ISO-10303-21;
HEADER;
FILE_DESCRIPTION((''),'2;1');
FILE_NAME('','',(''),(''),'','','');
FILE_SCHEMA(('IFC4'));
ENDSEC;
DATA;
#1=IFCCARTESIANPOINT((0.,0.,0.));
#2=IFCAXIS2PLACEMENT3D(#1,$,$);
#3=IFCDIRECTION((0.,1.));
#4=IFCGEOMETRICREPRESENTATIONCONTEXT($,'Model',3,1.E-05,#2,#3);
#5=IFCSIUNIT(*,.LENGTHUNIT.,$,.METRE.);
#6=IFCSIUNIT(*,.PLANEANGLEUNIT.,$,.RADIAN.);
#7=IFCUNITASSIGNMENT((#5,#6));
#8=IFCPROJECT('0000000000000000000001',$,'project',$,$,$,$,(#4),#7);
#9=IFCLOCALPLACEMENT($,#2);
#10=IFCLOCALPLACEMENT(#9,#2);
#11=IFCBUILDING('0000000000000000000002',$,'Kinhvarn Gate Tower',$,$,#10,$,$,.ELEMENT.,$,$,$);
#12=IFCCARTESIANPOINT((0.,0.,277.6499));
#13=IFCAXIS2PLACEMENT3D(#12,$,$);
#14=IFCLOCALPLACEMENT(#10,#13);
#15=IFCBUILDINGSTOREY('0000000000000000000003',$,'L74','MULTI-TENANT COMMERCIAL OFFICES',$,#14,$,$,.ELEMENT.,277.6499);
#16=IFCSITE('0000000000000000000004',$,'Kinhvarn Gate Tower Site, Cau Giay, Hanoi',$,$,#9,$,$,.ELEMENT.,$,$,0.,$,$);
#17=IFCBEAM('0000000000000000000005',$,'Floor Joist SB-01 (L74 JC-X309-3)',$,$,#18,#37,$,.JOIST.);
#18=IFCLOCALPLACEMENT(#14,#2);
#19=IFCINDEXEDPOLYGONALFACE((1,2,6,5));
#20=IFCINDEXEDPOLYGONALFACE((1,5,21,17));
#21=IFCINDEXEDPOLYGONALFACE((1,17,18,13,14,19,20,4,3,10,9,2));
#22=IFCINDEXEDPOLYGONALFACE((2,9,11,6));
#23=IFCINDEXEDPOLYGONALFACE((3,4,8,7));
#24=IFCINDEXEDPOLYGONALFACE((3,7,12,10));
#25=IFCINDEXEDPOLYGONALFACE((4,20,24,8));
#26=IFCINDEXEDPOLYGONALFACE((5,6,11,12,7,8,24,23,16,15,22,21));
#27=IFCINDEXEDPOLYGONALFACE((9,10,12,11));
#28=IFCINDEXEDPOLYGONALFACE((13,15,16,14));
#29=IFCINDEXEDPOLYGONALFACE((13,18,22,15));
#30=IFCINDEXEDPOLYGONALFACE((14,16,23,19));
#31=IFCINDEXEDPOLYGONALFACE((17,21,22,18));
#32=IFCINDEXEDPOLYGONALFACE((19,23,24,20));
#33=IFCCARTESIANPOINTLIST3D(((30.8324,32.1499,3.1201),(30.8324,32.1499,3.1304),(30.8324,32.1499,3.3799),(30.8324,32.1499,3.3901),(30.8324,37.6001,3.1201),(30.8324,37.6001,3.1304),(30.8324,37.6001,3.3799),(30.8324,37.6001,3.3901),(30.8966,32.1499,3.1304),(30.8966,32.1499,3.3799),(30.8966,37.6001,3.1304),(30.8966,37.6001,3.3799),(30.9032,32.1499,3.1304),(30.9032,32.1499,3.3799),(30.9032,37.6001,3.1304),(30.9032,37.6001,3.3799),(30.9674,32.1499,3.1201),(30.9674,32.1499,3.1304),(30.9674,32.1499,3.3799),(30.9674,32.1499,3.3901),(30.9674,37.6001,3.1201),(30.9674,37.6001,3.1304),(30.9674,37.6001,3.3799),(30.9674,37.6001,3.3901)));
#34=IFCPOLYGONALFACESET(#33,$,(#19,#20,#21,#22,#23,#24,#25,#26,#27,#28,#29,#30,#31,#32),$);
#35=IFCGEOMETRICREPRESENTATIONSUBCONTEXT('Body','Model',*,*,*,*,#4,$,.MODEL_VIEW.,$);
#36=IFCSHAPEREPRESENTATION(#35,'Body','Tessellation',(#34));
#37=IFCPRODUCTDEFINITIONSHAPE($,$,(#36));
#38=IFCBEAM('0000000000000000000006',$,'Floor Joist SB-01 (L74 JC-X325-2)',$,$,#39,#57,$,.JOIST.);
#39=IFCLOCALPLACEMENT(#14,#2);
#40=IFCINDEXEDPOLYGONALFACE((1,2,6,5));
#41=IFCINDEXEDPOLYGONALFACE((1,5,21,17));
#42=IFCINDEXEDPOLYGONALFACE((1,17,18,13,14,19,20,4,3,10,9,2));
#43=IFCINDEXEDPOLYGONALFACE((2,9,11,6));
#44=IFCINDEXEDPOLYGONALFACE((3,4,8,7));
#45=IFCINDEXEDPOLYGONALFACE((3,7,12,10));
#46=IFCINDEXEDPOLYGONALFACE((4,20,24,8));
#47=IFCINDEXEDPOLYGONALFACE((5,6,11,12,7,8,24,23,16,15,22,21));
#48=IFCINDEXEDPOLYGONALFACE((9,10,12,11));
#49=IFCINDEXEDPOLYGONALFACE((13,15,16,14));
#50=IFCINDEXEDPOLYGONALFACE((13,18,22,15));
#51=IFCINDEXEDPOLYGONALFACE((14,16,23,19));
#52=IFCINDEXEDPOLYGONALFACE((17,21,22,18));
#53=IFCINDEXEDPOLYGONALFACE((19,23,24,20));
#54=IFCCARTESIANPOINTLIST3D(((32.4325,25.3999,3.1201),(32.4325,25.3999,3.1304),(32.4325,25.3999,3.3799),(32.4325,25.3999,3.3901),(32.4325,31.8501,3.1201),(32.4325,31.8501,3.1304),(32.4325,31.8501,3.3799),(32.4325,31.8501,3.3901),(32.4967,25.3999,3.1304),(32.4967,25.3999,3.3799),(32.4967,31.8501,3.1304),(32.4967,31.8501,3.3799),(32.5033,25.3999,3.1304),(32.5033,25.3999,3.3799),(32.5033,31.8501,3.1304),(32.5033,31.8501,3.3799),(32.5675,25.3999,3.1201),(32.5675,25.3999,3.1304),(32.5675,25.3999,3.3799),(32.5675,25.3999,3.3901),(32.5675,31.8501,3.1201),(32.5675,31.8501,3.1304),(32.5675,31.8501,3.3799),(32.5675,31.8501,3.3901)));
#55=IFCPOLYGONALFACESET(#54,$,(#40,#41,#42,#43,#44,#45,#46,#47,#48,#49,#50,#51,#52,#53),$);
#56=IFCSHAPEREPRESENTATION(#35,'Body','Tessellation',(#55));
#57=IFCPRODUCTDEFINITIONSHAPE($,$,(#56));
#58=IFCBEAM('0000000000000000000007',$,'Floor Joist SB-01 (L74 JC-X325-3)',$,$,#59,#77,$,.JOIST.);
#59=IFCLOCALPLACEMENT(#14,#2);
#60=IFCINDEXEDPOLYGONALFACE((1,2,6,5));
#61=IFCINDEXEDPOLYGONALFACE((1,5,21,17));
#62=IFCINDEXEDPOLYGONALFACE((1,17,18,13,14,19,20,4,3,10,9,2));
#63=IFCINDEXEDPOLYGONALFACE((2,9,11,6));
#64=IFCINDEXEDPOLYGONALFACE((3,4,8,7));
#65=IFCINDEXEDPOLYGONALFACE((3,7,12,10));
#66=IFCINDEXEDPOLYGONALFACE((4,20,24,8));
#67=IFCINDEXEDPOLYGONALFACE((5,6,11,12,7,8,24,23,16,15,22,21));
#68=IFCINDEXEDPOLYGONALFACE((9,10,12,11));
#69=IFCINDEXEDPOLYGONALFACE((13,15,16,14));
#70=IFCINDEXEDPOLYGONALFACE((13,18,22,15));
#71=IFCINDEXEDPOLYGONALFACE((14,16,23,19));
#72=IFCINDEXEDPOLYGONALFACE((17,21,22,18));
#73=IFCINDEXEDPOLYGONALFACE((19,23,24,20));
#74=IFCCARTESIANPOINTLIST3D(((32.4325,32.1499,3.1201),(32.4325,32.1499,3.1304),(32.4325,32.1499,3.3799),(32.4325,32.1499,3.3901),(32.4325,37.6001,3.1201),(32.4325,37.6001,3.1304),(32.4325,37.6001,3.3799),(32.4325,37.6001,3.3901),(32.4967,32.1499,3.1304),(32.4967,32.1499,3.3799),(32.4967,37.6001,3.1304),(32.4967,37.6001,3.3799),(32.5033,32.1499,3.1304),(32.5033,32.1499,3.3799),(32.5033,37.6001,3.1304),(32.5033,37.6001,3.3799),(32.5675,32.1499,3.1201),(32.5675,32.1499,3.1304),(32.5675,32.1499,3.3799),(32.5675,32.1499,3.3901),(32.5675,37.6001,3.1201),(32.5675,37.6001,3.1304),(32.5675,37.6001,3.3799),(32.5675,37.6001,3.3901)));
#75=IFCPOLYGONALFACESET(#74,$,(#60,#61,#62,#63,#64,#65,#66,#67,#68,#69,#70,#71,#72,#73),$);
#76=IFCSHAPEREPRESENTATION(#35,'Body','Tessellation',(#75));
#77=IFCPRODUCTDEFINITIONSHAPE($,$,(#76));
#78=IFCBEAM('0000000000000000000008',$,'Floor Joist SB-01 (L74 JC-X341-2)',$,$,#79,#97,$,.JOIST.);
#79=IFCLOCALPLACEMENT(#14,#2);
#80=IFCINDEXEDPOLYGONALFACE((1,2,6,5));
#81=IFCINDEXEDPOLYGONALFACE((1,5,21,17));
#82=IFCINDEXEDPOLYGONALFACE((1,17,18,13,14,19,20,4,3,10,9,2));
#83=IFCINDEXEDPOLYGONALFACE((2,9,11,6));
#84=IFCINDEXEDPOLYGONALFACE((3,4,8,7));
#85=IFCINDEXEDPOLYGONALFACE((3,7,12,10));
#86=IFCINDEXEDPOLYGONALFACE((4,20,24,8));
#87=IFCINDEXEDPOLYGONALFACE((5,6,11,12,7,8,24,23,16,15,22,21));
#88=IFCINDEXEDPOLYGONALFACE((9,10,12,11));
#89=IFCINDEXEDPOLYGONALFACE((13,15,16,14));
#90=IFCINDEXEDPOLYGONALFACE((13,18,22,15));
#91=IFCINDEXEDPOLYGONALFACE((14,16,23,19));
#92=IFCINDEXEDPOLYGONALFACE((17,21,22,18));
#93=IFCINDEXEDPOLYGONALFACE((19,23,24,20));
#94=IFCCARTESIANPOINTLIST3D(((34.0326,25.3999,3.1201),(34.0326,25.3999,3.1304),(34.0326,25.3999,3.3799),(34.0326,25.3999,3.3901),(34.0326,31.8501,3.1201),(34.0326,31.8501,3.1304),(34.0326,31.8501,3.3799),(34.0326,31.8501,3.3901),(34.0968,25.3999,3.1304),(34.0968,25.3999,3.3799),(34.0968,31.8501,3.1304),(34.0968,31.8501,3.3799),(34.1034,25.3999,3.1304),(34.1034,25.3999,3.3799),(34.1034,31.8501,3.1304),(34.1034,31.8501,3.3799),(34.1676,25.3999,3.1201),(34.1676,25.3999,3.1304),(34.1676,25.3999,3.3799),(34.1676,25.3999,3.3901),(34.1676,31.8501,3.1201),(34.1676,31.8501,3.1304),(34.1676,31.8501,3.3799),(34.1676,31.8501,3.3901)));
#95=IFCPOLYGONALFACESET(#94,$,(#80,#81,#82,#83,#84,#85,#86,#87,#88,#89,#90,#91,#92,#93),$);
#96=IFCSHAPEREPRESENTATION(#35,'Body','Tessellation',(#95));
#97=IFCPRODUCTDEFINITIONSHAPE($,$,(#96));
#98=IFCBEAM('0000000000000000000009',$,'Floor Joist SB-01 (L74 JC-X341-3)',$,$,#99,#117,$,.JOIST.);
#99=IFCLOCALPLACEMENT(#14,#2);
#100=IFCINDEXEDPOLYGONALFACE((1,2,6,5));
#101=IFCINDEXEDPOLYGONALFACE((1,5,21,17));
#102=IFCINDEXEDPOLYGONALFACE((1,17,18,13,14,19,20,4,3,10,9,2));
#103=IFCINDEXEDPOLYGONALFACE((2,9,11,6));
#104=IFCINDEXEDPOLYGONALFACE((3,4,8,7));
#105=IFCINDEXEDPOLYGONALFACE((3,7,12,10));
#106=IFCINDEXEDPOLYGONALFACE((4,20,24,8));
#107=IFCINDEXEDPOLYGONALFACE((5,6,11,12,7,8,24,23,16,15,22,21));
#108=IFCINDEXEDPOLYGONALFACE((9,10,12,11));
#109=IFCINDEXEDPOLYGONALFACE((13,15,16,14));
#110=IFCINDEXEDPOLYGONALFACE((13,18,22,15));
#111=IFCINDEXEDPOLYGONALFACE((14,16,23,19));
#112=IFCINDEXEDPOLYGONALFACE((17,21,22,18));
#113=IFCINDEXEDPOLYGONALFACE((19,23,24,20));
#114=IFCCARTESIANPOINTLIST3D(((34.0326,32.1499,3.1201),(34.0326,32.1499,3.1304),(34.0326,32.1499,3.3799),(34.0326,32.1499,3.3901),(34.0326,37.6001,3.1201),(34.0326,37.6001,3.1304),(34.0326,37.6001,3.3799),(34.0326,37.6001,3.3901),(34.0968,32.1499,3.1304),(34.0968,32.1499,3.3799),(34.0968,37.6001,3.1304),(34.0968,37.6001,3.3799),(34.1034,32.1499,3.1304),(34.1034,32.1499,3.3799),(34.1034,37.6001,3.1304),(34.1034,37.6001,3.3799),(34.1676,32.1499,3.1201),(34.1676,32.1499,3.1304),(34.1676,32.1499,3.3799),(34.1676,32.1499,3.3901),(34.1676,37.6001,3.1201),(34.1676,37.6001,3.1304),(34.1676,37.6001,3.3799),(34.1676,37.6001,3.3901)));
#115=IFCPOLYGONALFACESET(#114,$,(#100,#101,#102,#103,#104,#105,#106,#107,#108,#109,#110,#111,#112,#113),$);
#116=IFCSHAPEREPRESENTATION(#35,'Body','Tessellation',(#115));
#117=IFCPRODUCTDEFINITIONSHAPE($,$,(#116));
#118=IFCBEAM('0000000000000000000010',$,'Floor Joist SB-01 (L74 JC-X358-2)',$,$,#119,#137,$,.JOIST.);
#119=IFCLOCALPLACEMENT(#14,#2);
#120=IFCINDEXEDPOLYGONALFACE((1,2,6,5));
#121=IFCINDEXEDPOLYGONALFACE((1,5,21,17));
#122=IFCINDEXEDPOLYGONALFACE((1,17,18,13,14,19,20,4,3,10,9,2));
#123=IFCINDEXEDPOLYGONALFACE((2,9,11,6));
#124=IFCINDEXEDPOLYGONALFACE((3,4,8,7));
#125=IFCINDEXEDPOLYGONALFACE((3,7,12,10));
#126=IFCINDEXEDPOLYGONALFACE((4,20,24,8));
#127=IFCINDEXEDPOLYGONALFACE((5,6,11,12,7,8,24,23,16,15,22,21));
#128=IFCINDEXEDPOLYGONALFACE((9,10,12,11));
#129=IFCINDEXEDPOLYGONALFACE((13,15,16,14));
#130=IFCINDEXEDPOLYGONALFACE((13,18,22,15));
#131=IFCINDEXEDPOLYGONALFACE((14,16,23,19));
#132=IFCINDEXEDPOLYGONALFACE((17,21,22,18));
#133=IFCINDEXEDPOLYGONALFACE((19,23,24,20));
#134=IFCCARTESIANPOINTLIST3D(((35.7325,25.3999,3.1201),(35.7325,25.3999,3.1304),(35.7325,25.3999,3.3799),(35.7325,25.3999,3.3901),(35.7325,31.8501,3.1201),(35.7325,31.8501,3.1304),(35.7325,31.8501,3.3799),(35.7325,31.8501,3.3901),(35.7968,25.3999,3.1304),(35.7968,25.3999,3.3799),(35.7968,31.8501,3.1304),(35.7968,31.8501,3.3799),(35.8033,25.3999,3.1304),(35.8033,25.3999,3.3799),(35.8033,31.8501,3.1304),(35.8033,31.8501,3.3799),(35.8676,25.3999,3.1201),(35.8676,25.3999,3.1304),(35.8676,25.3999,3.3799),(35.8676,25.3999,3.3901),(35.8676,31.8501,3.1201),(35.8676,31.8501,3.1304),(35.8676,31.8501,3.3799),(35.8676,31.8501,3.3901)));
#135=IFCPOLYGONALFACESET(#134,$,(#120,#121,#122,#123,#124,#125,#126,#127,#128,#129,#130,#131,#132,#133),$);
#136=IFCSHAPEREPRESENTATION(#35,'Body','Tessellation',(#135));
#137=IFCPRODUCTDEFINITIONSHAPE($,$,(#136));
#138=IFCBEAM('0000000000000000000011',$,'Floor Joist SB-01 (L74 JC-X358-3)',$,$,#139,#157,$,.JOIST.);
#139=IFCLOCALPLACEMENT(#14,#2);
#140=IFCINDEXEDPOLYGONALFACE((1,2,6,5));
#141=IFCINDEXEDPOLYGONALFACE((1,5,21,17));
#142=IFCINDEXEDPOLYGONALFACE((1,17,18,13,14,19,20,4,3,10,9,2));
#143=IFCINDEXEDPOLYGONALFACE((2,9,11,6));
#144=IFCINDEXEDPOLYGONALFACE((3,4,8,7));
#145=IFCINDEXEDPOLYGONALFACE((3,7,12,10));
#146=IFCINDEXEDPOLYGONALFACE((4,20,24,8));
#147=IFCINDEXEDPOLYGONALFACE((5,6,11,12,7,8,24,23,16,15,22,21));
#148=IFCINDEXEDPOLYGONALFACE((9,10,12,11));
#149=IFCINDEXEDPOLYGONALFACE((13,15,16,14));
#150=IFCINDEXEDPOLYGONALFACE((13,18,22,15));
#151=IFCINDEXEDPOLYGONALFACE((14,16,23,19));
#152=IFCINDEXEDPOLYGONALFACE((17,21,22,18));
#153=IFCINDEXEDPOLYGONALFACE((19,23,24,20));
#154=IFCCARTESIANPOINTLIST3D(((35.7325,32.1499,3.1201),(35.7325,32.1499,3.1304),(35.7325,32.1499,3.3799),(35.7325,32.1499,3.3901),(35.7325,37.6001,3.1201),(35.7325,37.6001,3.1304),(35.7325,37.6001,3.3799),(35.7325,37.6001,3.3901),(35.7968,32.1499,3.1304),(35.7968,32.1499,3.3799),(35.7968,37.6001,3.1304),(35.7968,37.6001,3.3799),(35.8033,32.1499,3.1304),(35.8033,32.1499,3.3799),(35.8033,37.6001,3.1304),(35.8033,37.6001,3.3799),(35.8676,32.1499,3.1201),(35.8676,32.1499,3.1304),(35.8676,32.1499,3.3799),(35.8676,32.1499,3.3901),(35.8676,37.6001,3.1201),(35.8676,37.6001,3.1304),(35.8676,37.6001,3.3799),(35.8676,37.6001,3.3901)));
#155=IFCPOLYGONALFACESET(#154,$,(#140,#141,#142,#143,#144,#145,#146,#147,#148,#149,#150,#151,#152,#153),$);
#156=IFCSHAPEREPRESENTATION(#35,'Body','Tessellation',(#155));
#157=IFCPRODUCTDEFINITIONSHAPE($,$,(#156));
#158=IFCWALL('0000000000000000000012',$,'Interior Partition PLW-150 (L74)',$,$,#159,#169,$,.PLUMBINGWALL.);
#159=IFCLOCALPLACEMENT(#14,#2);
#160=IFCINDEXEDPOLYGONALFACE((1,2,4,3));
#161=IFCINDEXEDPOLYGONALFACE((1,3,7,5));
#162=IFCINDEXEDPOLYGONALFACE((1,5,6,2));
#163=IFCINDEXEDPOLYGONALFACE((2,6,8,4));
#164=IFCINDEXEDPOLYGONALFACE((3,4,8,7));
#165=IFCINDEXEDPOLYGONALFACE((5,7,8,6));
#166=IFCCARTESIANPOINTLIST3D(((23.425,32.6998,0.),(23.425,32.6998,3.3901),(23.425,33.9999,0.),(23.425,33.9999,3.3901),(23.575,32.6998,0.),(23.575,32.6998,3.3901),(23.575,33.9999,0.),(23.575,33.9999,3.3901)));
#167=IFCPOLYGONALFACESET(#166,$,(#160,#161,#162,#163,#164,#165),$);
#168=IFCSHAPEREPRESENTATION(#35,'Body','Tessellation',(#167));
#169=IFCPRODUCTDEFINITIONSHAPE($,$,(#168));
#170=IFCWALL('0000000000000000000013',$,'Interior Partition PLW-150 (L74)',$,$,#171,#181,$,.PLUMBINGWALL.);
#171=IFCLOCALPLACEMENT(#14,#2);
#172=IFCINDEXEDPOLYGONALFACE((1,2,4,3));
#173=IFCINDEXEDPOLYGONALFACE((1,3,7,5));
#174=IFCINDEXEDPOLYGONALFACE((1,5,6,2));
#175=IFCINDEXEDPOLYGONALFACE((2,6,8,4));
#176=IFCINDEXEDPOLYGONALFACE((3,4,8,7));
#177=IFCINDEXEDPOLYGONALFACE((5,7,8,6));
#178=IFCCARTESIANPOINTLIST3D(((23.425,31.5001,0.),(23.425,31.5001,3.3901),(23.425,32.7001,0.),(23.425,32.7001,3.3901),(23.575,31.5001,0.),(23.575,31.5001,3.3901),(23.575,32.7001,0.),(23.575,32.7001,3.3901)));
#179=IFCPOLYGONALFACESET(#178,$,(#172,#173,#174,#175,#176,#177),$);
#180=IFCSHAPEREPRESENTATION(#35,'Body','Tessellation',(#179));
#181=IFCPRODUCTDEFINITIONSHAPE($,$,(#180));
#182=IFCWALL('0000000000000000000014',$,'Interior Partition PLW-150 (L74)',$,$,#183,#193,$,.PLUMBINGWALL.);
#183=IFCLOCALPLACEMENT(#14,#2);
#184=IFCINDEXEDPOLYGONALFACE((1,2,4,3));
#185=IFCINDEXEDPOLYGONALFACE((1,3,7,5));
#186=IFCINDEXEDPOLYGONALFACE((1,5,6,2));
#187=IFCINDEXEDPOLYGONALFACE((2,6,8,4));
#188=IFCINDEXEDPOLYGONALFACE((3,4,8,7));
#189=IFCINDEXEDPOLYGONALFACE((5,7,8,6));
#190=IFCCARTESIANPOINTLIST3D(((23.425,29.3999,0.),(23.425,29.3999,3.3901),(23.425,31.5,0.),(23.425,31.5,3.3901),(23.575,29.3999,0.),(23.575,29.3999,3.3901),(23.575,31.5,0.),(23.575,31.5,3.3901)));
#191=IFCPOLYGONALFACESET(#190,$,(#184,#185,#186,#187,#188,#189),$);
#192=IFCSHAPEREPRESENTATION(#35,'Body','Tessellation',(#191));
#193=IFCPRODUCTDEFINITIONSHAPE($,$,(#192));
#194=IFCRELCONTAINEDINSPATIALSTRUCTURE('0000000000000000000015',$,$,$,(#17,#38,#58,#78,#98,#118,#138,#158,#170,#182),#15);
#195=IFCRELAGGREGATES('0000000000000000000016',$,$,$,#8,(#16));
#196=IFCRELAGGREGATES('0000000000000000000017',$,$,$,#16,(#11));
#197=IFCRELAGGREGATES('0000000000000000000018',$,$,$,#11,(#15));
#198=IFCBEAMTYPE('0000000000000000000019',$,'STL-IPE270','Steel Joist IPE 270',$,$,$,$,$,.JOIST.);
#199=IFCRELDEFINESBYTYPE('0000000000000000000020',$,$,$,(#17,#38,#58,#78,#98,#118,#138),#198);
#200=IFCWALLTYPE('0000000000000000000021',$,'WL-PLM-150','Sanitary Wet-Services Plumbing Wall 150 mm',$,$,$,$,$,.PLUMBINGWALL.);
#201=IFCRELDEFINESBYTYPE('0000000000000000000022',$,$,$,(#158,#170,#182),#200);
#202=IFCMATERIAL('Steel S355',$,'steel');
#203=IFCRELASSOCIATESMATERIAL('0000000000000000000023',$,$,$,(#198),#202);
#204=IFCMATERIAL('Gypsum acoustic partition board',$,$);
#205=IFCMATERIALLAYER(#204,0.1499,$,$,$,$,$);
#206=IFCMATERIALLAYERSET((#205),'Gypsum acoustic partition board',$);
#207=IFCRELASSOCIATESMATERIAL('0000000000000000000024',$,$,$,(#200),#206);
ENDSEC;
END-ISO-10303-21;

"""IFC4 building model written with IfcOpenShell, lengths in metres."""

from ifc_helpers import new_model, si_unit, direction, frame, frame_2d, origin, origin_2d, place, context, subcontext, project, spatial, rectangle, i_section, extrude, material, layer, layer_set, material_profile, profile_set, type_object, element, save


model = new_model("IFC4")

# Units and contexts
model_context = context("Model", 3, precision=1e-05, world=origin(), true_north=direction((0.0, 1.0)))
body_context = subcontext(model_context, "Body", "Model", "MODEL_VIEW")
ifc_project = project(units=[si_unit("LENGTHUNIT", "METRE"), si_unit("PLANEANGLEUNIT", "RADIAN")], contexts=[model_context])

# Site, building, storey
site_placement = place(None, origin())
site = spatial("IfcSite", under=ifc_project, at=site_placement, Name="Kinhvarn Gate Tower Site, Cau Giay, Hanoi", CompositionType="ELEMENT", RefElevation=0.0)
building_placement = place(site_placement, origin())
building = spatial("IfcBuilding", under=site, at=building_placement, Name="Kinhvarn Gate Tower", CompositionType="ELEMENT")
storey_placement = place(building_placement, frame((0.0, 0.0, 277.6499)))
storey = spatial("IfcBuildingStorey", under=building, at=storey_placement, Name="L74", Description="MULTI-TENANT COMMERCIAL OFFICES", CompositionType="ELEMENT", Elevation=277.6499)

# Beams
ifc_material_1 = material(Name="Steel S355", Category="steel")
ifc_material_profile = material_profile(ifc_material_1, i_section(OverallWidth=0.135, OverallDepth=0.27, WebThickness=0.0066, FlangeThickness=0.0103, at=origin_2d()), Name="IPE 270")
ifc_profile_set = profile_set([ifc_material_profile], Name="Steel S355")
beam_type = type_object("IfcBeamType", Name="STL-IPE270", Description="Steel Joist IPE 270", PredefinedType="JOIST", material=ifc_profile_set)
beam_1_placement = place(storey_placement, frame((30.8999, 32.1499, 3.2551), z_axis=(0.0, 1.0, 0.0), x_axis=(-1.0, 0.0, 0.0)))
element("IfcBeam", 1, at=beam_1_placement, inside=storey, type_object=beam_type, Name="Floor Joist SB-01 (L74 JC-X309-3)", PredefinedType="JOIST", context=body_context, shape_type="SweptSolid", body=[
    extrude(i_section(OverallWidth=0.135, OverallDepth=0.27, WebThickness=0.0066, FlangeThickness=0.0103, at=origin_2d()), origin(), (0.0, 0.0, 1.0), 5.4502),
])
beam_2_placement = place(storey_placement, frame((32.5, 25.3999, 3.2551), z_axis=(0.0, 1.0, 0.0), x_axis=(-1.0, 0.0, 0.0)))
element("IfcBeam", 2, at=beam_2_placement, inside=storey, type_object=beam_type, Name="Floor Joist SB-01 (L74 JC-X325-2)", PredefinedType="JOIST", context=body_context, shape_type="SweptSolid", body=[
    extrude(i_section(OverallWidth=0.135, OverallDepth=0.27, WebThickness=0.0066, FlangeThickness=0.0103, at=origin_2d()), origin(), (0.0, 0.0, 1.0), 6.4502),
])
beam_3_placement = place(storey_placement, frame((32.5, 32.1499, 3.2551), z_axis=(0.0, 1.0, 0.0), x_axis=(-1.0, 0.0, 0.0)))
element("IfcBeam", 3, at=beam_3_placement, inside=storey, type_object=beam_type, Name="Floor Joist SB-01 (L74 JC-X325-3)", PredefinedType="JOIST", context=body_context, shape_type="SweptSolid", body=[
    extrude(i_section(OverallWidth=0.135, OverallDepth=0.27, WebThickness=0.0066, FlangeThickness=0.0103, at=origin_2d()), origin(), (0.0, 0.0, 1.0), 5.4502),
])
beam_4_placement = place(storey_placement, frame((34.1001, 25.3999, 3.2551), z_axis=(0.0, 1.0, 0.0), x_axis=(-1.0, 0.0, 0.0)))
element("IfcBeam", 4, at=beam_4_placement, inside=storey, type_object=beam_type, Name="Floor Joist SB-01 (L74 JC-X341-2)", PredefinedType="JOIST", context=body_context, shape_type="SweptSolid", body=[
    extrude(i_section(OverallWidth=0.135, OverallDepth=0.27, WebThickness=0.0066, FlangeThickness=0.0103, at=origin_2d()), origin(), (0.0, 0.0, 1.0), 6.4502),
])
beam_5_placement = place(storey_placement, frame((34.1001, 32.1499, 3.2551), z_axis=(0.0, 1.0, 0.0), x_axis=(-1.0, 0.0, 0.0)))
element("IfcBeam", 5, at=beam_5_placement, inside=storey, type_object=beam_type, Name="Floor Joist SB-01 (L74 JC-X341-3)", PredefinedType="JOIST", context=body_context, shape_type="SweptSolid", body=[
    extrude(i_section(OverallWidth=0.135, OverallDepth=0.27, WebThickness=0.0066, FlangeThickness=0.0103, at=origin_2d()), origin(), (0.0, 0.0, 1.0), 5.4502),
])
beam_6_placement = place(storey_placement, frame((35.8, 25.3999, 3.2551), z_axis=(0.0, 1.0, 0.0), x_axis=(-1.0, 0.0, 0.0)))
element("IfcBeam", 6, at=beam_6_placement, inside=storey, type_object=beam_type, Name="Floor Joist SB-01 (L74 JC-X358-2)", PredefinedType="JOIST", context=body_context, shape_type="SweptSolid", body=[
    extrude(i_section(OverallWidth=0.135, OverallDepth=0.27, WebThickness=0.0066, FlangeThickness=0.0103, at=origin_2d()), origin(), (0.0, 0.0, 1.0), 6.4502),
])
beam_7_placement = place(storey_placement, frame((35.8, 32.1499, 3.2551), z_axis=(0.0, 1.0, 0.0), x_axis=(-1.0, 0.0, 0.0)))
element("IfcBeam", 7, at=beam_7_placement, inside=storey, type_object=beam_type, Name="Floor Joist SB-01 (L74 JC-X358-3)", PredefinedType="JOIST", context=body_context, shape_type="SweptSolid", body=[
    extrude(i_section(OverallWidth=0.135, OverallDepth=0.27, WebThickness=0.0066, FlangeThickness=0.0103, at=origin_2d()), origin(), (0.0, 0.0, 1.0), 5.4502),
])

# Walls
ifc_material_2 = material(Name="Gypsum acoustic partition board")
ifc_layer_1 = layer(ifc_material_2, 0.1499)
ifc_layer_set_1 = layer_set([ifc_layer_1], Name="Gypsum acoustic partition board")
wall_type_1 = type_object("IfcWallType", Name="WL-PLM-150", Description="Sanitary Wet-Services Plumbing Wall 150 mm", PredefinedType="PLUMBINGWALL", material=ifc_layer_set_1)
wall_1_placement = place(storey_placement, frame((23.5, 32.7, 0.0), z_axis=(0.0, 0.0, 1.0), x_axis=(0.0, 1.0, 0.0)))
element("IfcWall", 8, at=wall_1_placement, inside=storey, type_object=wall_type_1, Name="Interior Partition PLW-150 (L74)", PredefinedType="PLUMBINGWALL", context=body_context, shape_type="SweptSolid", body=[
    extrude(rectangle(XDim=1.3, YDim=0.1499, at=frame_2d((0.6499, 0.0))), origin(), (0.0, 0.0, 1.0), 3.3901),
])
wall_2_placement = place(storey_placement, frame((23.5, 31.5, 0.0), z_axis=(0.0, 0.0, 1.0), x_axis=(0.0, 1.0, 0.0)))
element("IfcWall", 9, at=wall_2_placement, inside=storey, type_object=wall_type_1, Name="Interior Partition PLW-150 (L74)", PredefinedType="PLUMBINGWALL", context=body_context, shape_type="SweptSolid", body=[
    extrude(rectangle(XDim=1.2, YDim=0.1499, at=frame_2d((0.6001, 0.0))), origin(), (0.0, 0.0, 1.0), 3.3901),
])
wall_3_placement = place(storey_placement, frame((23.5, 29.3999, 0.0), z_axis=(0.0, 0.0, 1.0), x_axis=(0.0, 1.0, 0.0)))
element("IfcWall", 10, at=wall_3_placement, inside=storey, type_object=wall_type_1, Name="Interior Partition PLW-150 (L74)", PredefinedType="PLUMBINGWALL", context=body_context, shape_type="SweptSolid", body=[
    extrude(rectangle(XDim=2.1001, YDim=0.1499, at=frame_2d((1.05, 0.0))), origin(), (0.0, 0.0, 1.0), 3.3901),
])

save(model, "model.ifc")
